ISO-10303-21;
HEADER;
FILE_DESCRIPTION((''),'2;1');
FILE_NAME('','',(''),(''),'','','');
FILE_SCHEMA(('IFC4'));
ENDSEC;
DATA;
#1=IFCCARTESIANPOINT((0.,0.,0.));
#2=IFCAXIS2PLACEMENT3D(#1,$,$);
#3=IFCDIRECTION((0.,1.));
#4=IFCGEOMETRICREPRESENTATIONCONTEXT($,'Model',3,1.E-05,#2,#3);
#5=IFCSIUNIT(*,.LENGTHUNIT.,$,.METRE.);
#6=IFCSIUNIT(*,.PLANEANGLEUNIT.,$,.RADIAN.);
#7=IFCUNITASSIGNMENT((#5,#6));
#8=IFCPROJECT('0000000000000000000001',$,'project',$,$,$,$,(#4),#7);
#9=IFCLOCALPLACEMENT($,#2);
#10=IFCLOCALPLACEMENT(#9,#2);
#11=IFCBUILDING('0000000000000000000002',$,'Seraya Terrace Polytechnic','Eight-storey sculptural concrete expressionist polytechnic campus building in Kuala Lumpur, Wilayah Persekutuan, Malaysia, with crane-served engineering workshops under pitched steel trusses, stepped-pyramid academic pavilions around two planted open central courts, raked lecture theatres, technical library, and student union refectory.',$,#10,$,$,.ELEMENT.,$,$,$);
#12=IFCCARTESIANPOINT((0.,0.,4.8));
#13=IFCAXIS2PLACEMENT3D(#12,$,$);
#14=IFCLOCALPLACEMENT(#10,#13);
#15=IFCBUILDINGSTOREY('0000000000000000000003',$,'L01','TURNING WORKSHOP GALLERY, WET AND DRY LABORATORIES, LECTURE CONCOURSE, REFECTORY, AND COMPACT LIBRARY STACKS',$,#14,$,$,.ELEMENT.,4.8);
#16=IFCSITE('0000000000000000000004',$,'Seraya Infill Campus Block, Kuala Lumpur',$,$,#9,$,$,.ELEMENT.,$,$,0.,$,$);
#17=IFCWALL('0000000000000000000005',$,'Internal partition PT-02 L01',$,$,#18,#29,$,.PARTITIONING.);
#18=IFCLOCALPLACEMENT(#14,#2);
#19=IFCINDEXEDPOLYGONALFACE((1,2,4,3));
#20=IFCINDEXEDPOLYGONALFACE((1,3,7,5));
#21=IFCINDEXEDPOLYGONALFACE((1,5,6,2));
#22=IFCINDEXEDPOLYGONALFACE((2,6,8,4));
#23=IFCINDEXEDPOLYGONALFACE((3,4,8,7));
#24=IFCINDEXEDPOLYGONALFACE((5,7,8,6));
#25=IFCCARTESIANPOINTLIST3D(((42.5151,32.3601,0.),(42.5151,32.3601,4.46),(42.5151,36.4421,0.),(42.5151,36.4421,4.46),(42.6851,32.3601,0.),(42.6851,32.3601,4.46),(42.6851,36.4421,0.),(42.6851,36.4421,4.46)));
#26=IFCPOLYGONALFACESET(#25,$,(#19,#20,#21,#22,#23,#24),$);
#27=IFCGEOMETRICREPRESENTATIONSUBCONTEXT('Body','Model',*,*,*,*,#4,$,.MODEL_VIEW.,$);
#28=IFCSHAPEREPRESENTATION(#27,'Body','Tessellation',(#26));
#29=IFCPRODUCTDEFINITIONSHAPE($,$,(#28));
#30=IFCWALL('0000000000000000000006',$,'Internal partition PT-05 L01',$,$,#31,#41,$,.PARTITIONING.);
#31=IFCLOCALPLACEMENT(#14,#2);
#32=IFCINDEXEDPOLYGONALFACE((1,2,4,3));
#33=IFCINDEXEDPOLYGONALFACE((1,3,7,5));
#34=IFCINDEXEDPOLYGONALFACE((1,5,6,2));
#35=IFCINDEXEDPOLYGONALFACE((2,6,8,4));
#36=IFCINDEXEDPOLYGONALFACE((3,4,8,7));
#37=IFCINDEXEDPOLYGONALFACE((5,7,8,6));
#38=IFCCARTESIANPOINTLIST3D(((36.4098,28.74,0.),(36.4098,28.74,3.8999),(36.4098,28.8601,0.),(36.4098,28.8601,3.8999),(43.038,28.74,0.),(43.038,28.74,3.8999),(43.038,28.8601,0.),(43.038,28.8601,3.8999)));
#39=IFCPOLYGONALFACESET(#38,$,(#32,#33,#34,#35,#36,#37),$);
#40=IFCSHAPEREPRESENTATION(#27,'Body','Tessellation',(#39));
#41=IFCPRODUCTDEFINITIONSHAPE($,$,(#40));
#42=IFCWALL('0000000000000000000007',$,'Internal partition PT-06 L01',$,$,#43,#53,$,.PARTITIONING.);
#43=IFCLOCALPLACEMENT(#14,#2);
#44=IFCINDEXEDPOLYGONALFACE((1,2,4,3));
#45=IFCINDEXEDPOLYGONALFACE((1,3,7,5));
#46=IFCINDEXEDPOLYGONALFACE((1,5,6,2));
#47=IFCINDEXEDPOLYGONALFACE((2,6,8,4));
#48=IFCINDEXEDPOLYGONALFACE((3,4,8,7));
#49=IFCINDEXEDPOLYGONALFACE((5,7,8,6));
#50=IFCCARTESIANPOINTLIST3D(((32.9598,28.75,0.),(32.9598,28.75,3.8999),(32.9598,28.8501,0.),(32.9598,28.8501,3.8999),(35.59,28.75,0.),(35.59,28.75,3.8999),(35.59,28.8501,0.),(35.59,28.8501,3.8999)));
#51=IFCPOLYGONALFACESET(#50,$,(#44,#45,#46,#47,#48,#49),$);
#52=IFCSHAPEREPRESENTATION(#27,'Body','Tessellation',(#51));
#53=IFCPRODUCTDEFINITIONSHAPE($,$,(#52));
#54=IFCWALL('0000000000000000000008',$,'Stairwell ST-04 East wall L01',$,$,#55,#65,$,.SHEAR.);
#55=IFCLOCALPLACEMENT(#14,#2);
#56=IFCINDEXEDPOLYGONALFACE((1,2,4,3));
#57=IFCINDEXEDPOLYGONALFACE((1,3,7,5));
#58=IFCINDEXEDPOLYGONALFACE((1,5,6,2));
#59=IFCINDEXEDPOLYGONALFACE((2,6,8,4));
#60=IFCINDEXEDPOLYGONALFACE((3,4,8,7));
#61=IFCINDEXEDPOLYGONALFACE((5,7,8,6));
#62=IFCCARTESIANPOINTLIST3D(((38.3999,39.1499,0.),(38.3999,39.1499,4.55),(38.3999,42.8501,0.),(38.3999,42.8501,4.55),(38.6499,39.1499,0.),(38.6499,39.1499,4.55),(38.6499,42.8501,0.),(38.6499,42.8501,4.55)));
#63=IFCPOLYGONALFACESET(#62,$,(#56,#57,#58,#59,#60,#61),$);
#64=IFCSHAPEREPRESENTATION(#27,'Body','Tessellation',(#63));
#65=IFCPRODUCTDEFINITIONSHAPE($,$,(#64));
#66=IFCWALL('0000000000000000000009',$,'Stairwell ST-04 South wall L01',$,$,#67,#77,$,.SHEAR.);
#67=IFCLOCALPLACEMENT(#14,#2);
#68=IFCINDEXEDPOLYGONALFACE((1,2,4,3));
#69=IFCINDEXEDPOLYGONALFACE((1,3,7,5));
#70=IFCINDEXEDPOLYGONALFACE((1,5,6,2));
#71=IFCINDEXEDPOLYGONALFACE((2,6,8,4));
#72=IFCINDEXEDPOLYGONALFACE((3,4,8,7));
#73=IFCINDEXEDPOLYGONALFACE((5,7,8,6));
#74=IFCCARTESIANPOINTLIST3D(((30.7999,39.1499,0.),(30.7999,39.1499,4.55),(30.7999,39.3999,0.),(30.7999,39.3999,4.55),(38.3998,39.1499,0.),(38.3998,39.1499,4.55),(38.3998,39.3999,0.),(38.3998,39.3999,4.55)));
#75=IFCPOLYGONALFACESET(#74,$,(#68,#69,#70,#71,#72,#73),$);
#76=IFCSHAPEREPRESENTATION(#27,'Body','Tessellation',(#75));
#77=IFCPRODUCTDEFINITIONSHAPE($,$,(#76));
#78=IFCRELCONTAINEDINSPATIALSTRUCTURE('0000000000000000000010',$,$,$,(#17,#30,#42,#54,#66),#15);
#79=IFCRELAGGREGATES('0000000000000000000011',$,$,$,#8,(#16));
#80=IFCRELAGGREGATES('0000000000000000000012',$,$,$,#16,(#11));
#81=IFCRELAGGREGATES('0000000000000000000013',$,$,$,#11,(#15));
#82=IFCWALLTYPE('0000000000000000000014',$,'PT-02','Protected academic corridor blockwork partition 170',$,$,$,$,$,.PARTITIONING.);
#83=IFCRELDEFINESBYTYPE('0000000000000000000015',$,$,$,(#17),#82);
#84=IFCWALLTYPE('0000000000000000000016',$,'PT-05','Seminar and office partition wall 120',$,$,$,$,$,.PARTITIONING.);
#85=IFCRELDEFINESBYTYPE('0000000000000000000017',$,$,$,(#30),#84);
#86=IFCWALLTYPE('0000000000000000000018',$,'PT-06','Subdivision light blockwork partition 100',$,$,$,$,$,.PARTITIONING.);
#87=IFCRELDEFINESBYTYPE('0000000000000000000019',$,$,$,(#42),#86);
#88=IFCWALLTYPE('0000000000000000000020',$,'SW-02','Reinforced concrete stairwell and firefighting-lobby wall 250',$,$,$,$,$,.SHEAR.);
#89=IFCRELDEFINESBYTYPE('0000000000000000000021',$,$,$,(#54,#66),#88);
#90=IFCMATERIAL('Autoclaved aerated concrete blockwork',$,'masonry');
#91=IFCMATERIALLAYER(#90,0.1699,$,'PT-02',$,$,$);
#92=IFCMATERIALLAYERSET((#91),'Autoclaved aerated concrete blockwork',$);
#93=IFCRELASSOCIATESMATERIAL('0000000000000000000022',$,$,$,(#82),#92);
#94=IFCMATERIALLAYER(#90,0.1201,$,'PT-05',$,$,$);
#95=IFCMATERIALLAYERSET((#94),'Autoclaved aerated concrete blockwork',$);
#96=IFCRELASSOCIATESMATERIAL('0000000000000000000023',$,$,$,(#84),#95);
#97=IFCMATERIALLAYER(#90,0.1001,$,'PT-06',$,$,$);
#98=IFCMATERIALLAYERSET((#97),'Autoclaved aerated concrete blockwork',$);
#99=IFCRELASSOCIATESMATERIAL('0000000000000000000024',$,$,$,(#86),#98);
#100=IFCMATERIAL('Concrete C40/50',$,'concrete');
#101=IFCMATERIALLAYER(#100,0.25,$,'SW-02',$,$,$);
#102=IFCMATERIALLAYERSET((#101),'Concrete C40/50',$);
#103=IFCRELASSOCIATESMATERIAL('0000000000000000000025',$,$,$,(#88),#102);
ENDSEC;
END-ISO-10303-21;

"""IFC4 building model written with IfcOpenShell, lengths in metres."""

from ifc_helpers import new_model, si_unit, direction, frame, frame_2d, origin, place, context, subcontext, project, spatial, rectangle, extrude, material, layer, layer_set, type_object, element, save


model = new_model("IFC4")

# Units and contexts
model_context = context("Model", 3, precision=1e-05, world=origin(), true_north=direction((0.0, 1.0)))
body_context = subcontext(model_context, "Body", "Model", "MODEL_VIEW")
ifc_project = project(units=[si_unit("LENGTHUNIT", "METRE"), si_unit("PLANEANGLEUNIT", "RADIAN")], contexts=[model_context])

# Site, building, storey
site_placement = place(None, origin())
site = spatial("IfcSite", under=ifc_project, at=site_placement, Name="Seraya Infill Campus Block, Kuala Lumpur", CompositionType="ELEMENT", RefElevation=0.0)
building_placement = place(site_placement, origin())
building = spatial("IfcBuilding", under=site, at=building_placement, Name="Seraya Terrace Polytechnic", Description="Eight-storey sculptural concrete expressionist polytechnic campus building in Kuala Lumpur, Wilayah Persekutuan, Malaysia, with crane-served engineering workshops under pitched steel trusses, stepped-pyramid academic pavilions around two planted open central courts, raked lecture theatres, technical library, and student union refectory.", CompositionType="ELEMENT")
storey_placement = place(building_placement, frame((0.0, 0.0, 4.8)))
storey = spatial("IfcBuildingStorey", under=building, at=storey_placement, Name="L01", Description="TURNING WORKSHOP GALLERY, WET AND DRY LABORATORIES, LECTURE CONCOURSE, REFECTORY, AND COMPACT LIBRARY STACKS", CompositionType="ELEMENT", Elevation=4.8)

# Shared definitions
ifc_material_1 = material(Name="Concrete C40/50", Category="concrete")

# Walls
ifc_material_2 = material(Name="Autoclaved aerated concrete blockwork", Category="masonry")
ifc_layer_1 = layer(ifc_material_2, 0.1699, Name="PT-02")
ifc_layer_set_1 = layer_set([ifc_layer_1], Name="Autoclaved aerated concrete blockwork")
wall_type_1 = type_object("IfcWallType", Name="PT-02", Description="Protected academic corridor blockwork partition 170", PredefinedType="PARTITIONING", material=ifc_layer_set_1)
wall_1_placement = place(storey_placement, frame((42.6001, 32.3601, 0.0), z_axis=(0.0, 0.0, 1.0), x_axis=(0.0, 1.0, 0.0)))
element("IfcWall", 1, at=wall_1_placement, inside=storey, type_object=wall_type_1, Name="Internal partition PT-02 L01", PredefinedType="PARTITIONING", context=body_context, shape_type="SweptSolid", body=[
    extrude(rectangle(XDim=4.082, YDim=0.1699, at=frame_2d((2.041, 0.0))), origin(), (0.0, 0.0, 1.0), 4.46),
])
ifc_layer_2 = layer(ifc_material_2, 0.1201, Name="PT-05")
ifc_layer_set_2 = layer_set([ifc_layer_2], Name="Autoclaved aerated concrete blockwork")
wall_type_2 = type_object("IfcWallType", Name="PT-05", Description="Seminar and office partition wall 120", PredefinedType="PARTITIONING", material=ifc_layer_set_2)
wall_2_placement = place(storey_placement, frame((36.4099, 28.8, 0.0), z_axis=(0.0, 0.0, 1.0), x_axis=(1.0, 0.0, 0.0)))
element("IfcWall", 2, at=wall_2_placement, inside=storey, type_object=wall_type_2, Name="Internal partition PT-05 L01", PredefinedType="PARTITIONING", context=body_context, shape_type="SweptSolid", body=[
    extrude(rectangle(XDim=6.6282, YDim=0.1201, at=frame_2d((3.314, 0.0))), origin(), (0.0, 0.0, 1.0), 3.8999),
])
ifc_layer_3 = layer(ifc_material_2, 0.1001, Name="PT-06")
ifc_layer_set_3 = layer_set([ifc_layer_3], Name="Autoclaved aerated concrete blockwork")
wall_type_3 = type_object("IfcWallType", Name="PT-06", Description="Subdivision light blockwork partition 100", PredefinedType="PARTITIONING", material=ifc_layer_set_3)
wall_3_placement = place(storey_placement, frame((32.96, 28.8, 0.0), z_axis=(0.0, 0.0, 1.0), x_axis=(1.0, 0.0, 0.0)))
element("IfcWall", 3, at=wall_3_placement, inside=storey, type_object=wall_type_3, Name="Internal partition PT-06 L01", PredefinedType="PARTITIONING", context=body_context, shape_type="SweptSolid", body=[
    extrude(rectangle(XDim=2.6301, YDim=0.1001, at=frame_2d((1.3149, 0.0))), origin(), (0.0, 0.0, 1.0), 3.8999),
])

# Shared definitions
ifc_layer_4 = layer(ifc_material_1, 0.25, Name="SW-02")
ifc_layer_set_4 = layer_set([ifc_layer_4], Name="Concrete C40/50")
wall_type_4 = type_object("IfcWallType", Name="SW-02", Description="Reinforced concrete stairwell and firefighting-lobby wall 250", PredefinedType="SHEAR", material=ifc_layer_set_4)

# Walls
wall_4_placement = place(storey_placement, frame((38.5249, 39.1499, 0.0), z_axis=(0.0, 0.0, 1.0), x_axis=(0.0, 1.0, 0.0)))
element("IfcWall", 4, at=wall_4_placement, inside=storey, type_object=wall_type_4, Name="Stairwell ST-04 East wall L01", PredefinedType="SHEAR", context=body_context, shape_type="SweptSolid", body=[
    extrude(rectangle(XDim=3.7002, YDim=0.25, at=frame_2d((1.8501, 0.0))), origin(), (0.0, 0.0, 1.0), 4.55),
])
wall_5_placement = place(storey_placement, frame((30.8, 39.2749, 0.0), z_axis=(0.0, 0.0, 1.0), x_axis=(1.0, 0.0, 0.0)))
element("IfcWall", 5, at=wall_5_placement, inside=storey, type_object=wall_type_4, Name="Stairwell ST-04 South wall L01", PredefinedType="SHEAR", context=body_context, shape_type="SweptSolid", body=[
    extrude(rectangle(XDim=7.5999, YDim=0.25, at=frame_2d((3.7998, 0.0))), origin(), (0.0, 0.0, 1.0), 4.55),
])

save(model, "model.ifc")
